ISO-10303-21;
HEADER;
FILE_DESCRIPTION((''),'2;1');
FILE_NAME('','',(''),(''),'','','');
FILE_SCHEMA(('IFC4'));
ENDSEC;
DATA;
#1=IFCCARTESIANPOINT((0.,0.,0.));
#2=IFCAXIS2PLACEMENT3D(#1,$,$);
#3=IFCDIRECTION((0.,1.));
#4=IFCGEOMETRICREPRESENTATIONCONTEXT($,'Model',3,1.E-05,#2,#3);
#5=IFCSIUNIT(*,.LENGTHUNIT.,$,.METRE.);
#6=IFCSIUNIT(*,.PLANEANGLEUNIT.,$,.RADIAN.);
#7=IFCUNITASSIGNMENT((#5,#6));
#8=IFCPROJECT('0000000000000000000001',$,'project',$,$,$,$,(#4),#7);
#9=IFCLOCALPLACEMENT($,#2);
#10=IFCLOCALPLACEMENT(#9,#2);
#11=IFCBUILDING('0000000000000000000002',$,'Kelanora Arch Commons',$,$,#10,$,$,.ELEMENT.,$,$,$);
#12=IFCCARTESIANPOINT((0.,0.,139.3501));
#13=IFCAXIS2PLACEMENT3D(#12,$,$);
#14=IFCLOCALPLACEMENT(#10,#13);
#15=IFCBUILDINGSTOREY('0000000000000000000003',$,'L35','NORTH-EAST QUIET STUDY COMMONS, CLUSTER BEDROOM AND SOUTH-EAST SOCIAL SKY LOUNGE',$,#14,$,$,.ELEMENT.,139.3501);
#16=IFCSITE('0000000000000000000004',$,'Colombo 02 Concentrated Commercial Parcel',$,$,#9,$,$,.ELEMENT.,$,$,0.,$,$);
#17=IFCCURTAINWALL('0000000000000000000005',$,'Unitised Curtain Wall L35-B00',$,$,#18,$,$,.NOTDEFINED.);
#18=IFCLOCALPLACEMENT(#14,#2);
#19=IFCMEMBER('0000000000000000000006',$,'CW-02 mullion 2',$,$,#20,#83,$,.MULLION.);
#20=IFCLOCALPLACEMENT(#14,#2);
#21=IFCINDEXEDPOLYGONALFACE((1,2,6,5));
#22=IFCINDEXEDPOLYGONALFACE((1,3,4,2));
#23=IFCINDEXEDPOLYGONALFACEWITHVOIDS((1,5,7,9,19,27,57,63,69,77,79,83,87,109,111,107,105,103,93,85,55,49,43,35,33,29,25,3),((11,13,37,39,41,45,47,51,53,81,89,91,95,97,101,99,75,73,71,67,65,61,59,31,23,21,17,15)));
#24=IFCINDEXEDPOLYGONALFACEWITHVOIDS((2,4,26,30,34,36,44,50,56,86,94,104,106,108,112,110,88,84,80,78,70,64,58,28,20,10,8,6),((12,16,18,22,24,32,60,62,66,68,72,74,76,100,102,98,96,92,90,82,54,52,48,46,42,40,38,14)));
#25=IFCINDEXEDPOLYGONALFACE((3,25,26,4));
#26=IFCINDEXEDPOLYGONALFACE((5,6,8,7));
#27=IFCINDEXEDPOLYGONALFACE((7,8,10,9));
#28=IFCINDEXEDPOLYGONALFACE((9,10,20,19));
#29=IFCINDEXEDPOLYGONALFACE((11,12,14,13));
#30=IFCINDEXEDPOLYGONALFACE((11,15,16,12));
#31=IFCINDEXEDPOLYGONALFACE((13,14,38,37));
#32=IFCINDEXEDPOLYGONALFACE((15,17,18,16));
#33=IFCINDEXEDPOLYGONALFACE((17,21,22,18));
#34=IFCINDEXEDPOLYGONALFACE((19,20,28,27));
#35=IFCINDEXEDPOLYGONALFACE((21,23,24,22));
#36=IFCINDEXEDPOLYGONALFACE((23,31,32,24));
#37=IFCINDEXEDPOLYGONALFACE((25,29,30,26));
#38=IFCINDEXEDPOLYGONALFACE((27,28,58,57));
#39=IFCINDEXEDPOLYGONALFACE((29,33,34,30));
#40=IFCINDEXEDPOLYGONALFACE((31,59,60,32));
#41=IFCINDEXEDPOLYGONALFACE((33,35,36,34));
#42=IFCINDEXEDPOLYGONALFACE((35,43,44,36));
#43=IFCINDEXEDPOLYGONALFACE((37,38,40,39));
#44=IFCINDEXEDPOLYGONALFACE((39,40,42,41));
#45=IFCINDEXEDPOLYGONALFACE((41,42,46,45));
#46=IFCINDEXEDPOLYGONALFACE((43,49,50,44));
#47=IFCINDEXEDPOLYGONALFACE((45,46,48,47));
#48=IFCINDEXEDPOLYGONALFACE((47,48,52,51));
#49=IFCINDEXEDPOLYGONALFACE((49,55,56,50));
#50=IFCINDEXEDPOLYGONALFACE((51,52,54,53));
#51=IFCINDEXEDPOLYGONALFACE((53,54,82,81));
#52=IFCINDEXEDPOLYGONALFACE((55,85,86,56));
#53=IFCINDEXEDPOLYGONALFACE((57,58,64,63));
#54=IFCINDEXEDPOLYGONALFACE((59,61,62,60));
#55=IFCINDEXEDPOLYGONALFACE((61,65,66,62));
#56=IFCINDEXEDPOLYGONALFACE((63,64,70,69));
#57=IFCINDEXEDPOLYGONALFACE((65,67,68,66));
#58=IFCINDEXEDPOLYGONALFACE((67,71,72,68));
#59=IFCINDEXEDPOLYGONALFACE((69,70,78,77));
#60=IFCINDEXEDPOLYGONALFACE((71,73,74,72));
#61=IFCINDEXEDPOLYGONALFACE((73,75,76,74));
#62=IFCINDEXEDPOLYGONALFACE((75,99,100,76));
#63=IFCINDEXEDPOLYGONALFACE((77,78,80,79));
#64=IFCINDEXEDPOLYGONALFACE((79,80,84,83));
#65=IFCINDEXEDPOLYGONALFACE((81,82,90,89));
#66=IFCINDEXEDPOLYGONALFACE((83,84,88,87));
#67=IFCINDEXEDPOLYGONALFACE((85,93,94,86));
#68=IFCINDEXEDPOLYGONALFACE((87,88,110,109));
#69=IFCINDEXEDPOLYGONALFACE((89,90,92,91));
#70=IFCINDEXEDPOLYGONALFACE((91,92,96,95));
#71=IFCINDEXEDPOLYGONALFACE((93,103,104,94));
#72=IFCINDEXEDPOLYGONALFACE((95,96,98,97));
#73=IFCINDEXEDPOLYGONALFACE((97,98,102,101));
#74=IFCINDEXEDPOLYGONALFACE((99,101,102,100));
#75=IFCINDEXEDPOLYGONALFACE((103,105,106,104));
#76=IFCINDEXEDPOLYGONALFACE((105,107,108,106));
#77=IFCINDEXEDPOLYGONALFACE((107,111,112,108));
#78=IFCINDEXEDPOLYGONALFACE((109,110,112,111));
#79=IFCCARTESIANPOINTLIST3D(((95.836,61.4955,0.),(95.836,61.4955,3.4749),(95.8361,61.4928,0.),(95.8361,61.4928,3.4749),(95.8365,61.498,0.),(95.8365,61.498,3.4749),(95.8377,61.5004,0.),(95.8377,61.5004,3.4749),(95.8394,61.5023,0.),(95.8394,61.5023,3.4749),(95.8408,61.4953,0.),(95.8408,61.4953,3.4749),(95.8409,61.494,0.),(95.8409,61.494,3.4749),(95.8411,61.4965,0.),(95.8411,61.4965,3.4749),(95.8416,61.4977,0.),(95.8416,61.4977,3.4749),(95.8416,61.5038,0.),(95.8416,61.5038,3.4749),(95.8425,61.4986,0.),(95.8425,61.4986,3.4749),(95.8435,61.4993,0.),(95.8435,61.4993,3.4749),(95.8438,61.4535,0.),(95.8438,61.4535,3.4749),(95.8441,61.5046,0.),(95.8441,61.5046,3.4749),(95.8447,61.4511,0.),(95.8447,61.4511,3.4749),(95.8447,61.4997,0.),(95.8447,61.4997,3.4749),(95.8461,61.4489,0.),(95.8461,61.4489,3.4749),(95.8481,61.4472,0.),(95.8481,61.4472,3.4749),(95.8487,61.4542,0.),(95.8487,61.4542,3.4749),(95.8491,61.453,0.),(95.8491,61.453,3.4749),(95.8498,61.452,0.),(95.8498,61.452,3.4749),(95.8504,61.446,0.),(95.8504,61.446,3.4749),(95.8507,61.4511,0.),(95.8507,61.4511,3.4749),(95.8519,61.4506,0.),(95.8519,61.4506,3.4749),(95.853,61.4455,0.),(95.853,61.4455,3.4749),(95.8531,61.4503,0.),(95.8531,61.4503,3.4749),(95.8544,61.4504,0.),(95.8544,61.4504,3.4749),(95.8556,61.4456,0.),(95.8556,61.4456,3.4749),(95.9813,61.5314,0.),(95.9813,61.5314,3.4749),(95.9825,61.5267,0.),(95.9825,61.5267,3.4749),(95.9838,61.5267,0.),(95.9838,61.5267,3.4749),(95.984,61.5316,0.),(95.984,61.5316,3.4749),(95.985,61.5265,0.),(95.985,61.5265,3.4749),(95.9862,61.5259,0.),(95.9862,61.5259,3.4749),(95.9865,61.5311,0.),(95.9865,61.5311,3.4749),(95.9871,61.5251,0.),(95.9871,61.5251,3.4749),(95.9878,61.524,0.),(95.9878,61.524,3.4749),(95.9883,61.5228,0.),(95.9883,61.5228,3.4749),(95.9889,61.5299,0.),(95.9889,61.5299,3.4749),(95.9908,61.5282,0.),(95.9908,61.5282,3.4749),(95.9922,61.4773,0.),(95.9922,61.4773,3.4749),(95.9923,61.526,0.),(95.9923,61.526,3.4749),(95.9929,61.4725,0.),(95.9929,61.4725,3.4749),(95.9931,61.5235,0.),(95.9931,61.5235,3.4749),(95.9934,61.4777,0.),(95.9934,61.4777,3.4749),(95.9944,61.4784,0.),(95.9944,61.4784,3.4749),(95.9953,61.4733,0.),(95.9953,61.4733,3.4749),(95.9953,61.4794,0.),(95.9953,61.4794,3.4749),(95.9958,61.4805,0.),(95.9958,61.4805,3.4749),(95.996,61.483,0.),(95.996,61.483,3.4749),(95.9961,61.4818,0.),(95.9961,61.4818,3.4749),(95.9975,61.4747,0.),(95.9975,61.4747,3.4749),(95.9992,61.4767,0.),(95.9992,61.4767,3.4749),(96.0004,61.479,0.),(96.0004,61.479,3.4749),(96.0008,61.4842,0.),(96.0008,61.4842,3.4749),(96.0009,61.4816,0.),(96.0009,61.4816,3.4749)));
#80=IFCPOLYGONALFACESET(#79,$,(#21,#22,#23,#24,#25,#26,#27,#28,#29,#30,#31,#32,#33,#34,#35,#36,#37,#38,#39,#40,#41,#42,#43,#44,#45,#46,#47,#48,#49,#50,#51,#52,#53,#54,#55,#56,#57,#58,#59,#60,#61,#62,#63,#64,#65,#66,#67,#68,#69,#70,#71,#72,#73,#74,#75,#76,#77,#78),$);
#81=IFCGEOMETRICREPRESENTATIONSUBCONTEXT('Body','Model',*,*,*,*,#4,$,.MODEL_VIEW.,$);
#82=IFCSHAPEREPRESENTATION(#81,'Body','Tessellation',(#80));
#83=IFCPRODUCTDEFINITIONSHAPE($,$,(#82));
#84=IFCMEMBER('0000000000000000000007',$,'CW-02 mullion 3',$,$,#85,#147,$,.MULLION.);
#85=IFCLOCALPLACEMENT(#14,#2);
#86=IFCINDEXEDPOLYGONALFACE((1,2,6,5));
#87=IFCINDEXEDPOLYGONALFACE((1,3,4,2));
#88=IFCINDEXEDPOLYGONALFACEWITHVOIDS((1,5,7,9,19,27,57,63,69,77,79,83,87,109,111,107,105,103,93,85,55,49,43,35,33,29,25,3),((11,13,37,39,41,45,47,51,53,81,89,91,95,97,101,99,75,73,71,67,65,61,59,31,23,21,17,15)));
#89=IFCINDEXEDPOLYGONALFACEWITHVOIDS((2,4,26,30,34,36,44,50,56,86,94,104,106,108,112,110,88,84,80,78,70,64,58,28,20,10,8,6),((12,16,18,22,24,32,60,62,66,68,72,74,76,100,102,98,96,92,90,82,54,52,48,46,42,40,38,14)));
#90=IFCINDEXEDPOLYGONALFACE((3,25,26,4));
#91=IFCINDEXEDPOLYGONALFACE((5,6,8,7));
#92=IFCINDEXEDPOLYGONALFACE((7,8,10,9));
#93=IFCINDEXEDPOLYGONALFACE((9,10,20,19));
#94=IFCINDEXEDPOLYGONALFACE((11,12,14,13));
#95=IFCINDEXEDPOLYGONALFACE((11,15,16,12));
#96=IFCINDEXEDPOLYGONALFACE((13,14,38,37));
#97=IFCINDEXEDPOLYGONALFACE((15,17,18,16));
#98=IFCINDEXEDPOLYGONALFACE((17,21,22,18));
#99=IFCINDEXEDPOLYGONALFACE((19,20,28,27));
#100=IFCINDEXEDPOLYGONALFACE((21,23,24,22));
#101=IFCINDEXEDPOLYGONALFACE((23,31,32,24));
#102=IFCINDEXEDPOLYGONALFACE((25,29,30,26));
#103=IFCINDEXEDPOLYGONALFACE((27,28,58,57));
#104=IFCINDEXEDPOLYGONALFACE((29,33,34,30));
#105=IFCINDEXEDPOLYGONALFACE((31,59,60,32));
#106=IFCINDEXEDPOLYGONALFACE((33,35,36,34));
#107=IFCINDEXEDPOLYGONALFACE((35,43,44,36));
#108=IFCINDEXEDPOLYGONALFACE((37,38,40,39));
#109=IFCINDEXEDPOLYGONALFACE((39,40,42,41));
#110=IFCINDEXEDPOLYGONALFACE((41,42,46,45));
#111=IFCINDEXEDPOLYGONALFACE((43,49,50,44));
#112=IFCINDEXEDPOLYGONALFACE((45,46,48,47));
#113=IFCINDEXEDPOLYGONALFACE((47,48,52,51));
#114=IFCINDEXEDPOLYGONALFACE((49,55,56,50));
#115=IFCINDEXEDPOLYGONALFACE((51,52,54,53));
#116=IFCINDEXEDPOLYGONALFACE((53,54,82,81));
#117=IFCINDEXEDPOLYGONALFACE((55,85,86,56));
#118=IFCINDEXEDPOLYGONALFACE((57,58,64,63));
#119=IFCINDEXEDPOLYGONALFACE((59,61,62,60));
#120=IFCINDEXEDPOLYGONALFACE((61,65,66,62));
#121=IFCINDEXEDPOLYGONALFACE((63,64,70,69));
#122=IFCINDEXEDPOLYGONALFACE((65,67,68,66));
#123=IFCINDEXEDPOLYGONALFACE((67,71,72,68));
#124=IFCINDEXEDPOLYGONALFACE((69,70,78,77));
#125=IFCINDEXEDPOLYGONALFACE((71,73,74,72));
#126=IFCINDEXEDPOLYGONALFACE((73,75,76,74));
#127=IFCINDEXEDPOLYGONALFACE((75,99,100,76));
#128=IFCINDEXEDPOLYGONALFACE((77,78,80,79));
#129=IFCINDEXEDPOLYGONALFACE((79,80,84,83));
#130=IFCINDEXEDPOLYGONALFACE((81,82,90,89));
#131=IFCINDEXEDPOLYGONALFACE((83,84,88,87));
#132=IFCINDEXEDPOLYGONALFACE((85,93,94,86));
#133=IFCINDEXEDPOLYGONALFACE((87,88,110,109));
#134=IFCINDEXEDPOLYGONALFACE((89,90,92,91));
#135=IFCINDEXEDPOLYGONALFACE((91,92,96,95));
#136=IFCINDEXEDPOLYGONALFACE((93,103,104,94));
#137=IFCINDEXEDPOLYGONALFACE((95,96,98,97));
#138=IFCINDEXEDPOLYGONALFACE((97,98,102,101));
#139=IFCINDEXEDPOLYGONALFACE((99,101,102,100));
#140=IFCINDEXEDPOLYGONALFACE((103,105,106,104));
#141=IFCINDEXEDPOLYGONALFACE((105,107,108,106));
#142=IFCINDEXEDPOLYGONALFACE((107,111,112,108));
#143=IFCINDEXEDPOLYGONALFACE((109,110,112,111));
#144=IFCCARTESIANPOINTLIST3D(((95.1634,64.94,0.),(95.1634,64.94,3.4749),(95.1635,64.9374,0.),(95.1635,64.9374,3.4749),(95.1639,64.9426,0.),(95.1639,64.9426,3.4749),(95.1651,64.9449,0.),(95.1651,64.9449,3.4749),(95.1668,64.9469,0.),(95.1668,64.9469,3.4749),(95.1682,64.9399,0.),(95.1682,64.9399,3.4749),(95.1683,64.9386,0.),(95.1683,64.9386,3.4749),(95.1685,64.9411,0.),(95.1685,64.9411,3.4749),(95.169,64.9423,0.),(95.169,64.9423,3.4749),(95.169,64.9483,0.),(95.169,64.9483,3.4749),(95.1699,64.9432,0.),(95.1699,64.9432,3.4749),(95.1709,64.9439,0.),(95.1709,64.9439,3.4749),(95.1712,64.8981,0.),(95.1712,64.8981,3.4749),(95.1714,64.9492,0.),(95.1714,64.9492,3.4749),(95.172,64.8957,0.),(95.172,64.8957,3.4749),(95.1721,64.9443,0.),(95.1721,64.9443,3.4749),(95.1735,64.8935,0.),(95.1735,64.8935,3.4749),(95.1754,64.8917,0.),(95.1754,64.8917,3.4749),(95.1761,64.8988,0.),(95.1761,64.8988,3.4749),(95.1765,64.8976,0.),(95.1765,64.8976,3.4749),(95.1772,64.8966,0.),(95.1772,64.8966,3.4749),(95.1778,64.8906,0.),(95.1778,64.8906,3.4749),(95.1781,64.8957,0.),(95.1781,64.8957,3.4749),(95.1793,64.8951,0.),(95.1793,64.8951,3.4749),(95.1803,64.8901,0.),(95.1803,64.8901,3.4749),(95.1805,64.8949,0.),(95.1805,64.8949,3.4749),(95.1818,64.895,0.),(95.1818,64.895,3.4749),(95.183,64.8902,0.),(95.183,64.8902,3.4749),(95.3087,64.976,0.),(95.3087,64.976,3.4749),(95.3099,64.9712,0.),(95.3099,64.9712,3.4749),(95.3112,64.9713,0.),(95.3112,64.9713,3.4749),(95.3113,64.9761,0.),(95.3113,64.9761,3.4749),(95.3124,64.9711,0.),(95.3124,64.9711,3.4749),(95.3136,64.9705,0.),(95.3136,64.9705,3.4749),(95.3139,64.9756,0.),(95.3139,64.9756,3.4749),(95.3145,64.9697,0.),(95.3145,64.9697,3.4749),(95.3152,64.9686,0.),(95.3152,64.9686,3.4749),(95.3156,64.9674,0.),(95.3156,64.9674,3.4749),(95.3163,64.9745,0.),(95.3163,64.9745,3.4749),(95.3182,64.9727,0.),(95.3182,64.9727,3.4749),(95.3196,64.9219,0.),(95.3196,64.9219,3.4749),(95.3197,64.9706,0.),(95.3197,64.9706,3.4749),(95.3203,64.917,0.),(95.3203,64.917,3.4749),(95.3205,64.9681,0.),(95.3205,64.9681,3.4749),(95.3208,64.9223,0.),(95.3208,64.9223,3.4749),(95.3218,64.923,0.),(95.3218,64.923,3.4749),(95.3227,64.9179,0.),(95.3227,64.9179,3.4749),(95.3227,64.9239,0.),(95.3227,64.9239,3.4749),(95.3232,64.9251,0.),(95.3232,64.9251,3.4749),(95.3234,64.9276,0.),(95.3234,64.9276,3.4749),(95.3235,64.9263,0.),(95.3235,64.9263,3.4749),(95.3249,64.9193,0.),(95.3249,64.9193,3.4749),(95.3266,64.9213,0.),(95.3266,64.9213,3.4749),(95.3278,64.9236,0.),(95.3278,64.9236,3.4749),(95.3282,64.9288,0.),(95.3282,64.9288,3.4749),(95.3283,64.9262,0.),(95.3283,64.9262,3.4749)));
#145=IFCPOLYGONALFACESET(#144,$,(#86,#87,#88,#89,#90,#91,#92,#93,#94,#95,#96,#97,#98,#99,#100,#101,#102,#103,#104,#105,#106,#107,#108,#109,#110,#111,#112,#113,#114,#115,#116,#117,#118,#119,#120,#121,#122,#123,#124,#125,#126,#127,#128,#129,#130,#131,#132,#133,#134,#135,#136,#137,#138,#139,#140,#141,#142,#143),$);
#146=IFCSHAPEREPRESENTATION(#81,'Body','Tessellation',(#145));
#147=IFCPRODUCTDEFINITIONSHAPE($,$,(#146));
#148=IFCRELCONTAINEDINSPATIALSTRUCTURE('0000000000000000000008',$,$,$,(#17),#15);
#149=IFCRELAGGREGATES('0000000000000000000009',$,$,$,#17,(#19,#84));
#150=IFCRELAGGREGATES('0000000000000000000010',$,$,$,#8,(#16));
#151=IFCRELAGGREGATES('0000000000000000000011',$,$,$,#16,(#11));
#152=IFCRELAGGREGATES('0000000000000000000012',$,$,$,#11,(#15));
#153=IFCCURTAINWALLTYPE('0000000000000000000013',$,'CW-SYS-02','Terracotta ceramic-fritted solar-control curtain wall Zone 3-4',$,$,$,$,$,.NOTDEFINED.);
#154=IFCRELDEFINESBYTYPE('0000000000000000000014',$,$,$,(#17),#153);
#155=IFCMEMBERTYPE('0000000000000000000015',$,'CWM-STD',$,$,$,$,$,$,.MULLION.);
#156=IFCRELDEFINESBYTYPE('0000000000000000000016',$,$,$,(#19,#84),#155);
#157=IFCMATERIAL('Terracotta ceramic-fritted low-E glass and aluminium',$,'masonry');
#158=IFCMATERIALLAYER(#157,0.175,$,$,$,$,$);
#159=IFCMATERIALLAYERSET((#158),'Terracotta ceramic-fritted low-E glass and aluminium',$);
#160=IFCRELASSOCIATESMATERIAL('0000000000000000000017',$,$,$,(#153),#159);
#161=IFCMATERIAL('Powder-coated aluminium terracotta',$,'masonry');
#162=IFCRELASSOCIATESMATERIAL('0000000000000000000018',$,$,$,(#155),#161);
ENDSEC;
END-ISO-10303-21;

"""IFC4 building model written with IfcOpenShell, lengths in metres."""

from ifc_helpers import new_model, si_unit, direction, frame, origin, origin_2d, place, context, subcontext, project, spatial, hollow_rectangle, extrude, material, layer, layer_set, material_profile, profile_set, type_object, element, aggregate, save


model = new_model("IFC4")

# Units and contexts
model_context = context("Model", 3, precision=1e-05, world=origin(), true_north=direction((0.0, 1.0)))
body_context = subcontext(model_context, "Body", "Model", "MODEL_VIEW")
ifc_project = project(units=[si_unit("LENGTHUNIT", "METRE"), si_unit("PLANEANGLEUNIT", "RADIAN")], contexts=[model_context])

# Site, building, storey
site_placement = place(None, origin())
site = spatial("IfcSite", under=ifc_project, at=site_placement, Name="Colombo 02 Concentrated Commercial Parcel", CompositionType="ELEMENT", RefElevation=0.0)
building_placement = place(site_placement, origin())
building = spatial("IfcBuilding", under=site, at=building_placement, Name="Kelanora Arch Commons", CompositionType="ELEMENT")
storey_placement = place(building_placement, frame((0.0, 0.0, 139.3501)))
storey = spatial("IfcBuildingStorey", under=building, at=storey_placement, Name="L35", Description="NORTH-EAST QUIET STUDY COMMONS, CLUSTER BEDROOM AND SOUTH-EAST SOCIAL SKY LOUNGE", CompositionType="ELEMENT", Elevation=139.3501)

# Curtain wall, members
ifc_material_1 = material(Name="Terracotta ceramic-fritted low-E glass and aluminium", Category="masonry")
ifc_layer_1 = layer(ifc_material_1, 0.175)
ifc_layer_set_1 = layer_set([ifc_layer_1], Name="Terracotta ceramic-fritted low-E glass and aluminium")
curtain_wall_type = type_object("IfcCurtainWallType", Name="CW-SYS-02", Description="Terracotta ceramic-fritted solar-control curtain wall Zone 3-4", PredefinedType="NOTDEFINED", material=ifc_layer_set_1)
curtain_wall_placement = place(storey_placement, origin())
curtain_wall = element("IfcCurtainWall", 1, at=curtain_wall_placement, inside=storey, type_object=curtain_wall_type, Name="Unitised Curtain Wall L35-B00", PredefinedType="NOTDEFINED")
ifc_material_2 = material(Name="Powder-coated aluminium terracotta", Category="masonry")
ifc_material_profile_1 = material_profile(ifc_material_2, hollow_rectangle(XDim=0.1599, YDim=0.0601, WallThickness=0.0049, InnerFilletRadius=0.0049, OuterFilletRadius=0.01, at=origin_2d()), Name="CWM160x60")
ifc_profile_set_1 = profile_set([ifc_material_profile_1], Name="Powder-coated aluminium terracotta")
member_type_1 = type_object("IfcMemberType", Name="CWM-STD", PredefinedType="MULLION", material=ifc_profile_set_1)
member_1_placement = place(storey_placement, frame((95.9185, 61.4885, 0.0), z_axis=(0.0, 0.0, 1.0), x_axis=(-0.981453, -0.191705, 0.0)))
member_1 = element("IfcMember", 2, at=member_1_placement, type_object=member_type_1, Name="CW-02 mullion 2", PredefinedType="MULLION", context=body_context, shape_type="SweptSolid", body=[
    extrude(hollow_rectangle(XDim=0.1599, YDim=0.0601, WallThickness=0.0049, InnerFilletRadius=0.0049, OuterFilletRadius=0.01, at=origin_2d()), origin(), (0.0, 0.0, 1.0), 3.4749),
])
member_2_placement = place(storey_placement, frame((95.2458, 64.9331, 0.0), z_axis=(0.0, 0.0, 1.0), x_axis=(-0.981453, -0.191705, 0.0)))
member_2 = element("IfcMember", 3, at=member_2_placement, type_object=member_type_1, Name="CW-02 mullion 3", PredefinedType="MULLION", context=body_context, shape_type="SweptSolid", body=[
    extrude(hollow_rectangle(XDim=0.1599, YDim=0.0601, WallThickness=0.0049, InnerFilletRadius=0.0049, OuterFilletRadius=0.01, at=origin_2d()), origin(), (0.0, 0.0, 1.0), 3.4749),
])
aggregate(curtain_wall, [member_1, member_2])

save(model, "model.ifc")
